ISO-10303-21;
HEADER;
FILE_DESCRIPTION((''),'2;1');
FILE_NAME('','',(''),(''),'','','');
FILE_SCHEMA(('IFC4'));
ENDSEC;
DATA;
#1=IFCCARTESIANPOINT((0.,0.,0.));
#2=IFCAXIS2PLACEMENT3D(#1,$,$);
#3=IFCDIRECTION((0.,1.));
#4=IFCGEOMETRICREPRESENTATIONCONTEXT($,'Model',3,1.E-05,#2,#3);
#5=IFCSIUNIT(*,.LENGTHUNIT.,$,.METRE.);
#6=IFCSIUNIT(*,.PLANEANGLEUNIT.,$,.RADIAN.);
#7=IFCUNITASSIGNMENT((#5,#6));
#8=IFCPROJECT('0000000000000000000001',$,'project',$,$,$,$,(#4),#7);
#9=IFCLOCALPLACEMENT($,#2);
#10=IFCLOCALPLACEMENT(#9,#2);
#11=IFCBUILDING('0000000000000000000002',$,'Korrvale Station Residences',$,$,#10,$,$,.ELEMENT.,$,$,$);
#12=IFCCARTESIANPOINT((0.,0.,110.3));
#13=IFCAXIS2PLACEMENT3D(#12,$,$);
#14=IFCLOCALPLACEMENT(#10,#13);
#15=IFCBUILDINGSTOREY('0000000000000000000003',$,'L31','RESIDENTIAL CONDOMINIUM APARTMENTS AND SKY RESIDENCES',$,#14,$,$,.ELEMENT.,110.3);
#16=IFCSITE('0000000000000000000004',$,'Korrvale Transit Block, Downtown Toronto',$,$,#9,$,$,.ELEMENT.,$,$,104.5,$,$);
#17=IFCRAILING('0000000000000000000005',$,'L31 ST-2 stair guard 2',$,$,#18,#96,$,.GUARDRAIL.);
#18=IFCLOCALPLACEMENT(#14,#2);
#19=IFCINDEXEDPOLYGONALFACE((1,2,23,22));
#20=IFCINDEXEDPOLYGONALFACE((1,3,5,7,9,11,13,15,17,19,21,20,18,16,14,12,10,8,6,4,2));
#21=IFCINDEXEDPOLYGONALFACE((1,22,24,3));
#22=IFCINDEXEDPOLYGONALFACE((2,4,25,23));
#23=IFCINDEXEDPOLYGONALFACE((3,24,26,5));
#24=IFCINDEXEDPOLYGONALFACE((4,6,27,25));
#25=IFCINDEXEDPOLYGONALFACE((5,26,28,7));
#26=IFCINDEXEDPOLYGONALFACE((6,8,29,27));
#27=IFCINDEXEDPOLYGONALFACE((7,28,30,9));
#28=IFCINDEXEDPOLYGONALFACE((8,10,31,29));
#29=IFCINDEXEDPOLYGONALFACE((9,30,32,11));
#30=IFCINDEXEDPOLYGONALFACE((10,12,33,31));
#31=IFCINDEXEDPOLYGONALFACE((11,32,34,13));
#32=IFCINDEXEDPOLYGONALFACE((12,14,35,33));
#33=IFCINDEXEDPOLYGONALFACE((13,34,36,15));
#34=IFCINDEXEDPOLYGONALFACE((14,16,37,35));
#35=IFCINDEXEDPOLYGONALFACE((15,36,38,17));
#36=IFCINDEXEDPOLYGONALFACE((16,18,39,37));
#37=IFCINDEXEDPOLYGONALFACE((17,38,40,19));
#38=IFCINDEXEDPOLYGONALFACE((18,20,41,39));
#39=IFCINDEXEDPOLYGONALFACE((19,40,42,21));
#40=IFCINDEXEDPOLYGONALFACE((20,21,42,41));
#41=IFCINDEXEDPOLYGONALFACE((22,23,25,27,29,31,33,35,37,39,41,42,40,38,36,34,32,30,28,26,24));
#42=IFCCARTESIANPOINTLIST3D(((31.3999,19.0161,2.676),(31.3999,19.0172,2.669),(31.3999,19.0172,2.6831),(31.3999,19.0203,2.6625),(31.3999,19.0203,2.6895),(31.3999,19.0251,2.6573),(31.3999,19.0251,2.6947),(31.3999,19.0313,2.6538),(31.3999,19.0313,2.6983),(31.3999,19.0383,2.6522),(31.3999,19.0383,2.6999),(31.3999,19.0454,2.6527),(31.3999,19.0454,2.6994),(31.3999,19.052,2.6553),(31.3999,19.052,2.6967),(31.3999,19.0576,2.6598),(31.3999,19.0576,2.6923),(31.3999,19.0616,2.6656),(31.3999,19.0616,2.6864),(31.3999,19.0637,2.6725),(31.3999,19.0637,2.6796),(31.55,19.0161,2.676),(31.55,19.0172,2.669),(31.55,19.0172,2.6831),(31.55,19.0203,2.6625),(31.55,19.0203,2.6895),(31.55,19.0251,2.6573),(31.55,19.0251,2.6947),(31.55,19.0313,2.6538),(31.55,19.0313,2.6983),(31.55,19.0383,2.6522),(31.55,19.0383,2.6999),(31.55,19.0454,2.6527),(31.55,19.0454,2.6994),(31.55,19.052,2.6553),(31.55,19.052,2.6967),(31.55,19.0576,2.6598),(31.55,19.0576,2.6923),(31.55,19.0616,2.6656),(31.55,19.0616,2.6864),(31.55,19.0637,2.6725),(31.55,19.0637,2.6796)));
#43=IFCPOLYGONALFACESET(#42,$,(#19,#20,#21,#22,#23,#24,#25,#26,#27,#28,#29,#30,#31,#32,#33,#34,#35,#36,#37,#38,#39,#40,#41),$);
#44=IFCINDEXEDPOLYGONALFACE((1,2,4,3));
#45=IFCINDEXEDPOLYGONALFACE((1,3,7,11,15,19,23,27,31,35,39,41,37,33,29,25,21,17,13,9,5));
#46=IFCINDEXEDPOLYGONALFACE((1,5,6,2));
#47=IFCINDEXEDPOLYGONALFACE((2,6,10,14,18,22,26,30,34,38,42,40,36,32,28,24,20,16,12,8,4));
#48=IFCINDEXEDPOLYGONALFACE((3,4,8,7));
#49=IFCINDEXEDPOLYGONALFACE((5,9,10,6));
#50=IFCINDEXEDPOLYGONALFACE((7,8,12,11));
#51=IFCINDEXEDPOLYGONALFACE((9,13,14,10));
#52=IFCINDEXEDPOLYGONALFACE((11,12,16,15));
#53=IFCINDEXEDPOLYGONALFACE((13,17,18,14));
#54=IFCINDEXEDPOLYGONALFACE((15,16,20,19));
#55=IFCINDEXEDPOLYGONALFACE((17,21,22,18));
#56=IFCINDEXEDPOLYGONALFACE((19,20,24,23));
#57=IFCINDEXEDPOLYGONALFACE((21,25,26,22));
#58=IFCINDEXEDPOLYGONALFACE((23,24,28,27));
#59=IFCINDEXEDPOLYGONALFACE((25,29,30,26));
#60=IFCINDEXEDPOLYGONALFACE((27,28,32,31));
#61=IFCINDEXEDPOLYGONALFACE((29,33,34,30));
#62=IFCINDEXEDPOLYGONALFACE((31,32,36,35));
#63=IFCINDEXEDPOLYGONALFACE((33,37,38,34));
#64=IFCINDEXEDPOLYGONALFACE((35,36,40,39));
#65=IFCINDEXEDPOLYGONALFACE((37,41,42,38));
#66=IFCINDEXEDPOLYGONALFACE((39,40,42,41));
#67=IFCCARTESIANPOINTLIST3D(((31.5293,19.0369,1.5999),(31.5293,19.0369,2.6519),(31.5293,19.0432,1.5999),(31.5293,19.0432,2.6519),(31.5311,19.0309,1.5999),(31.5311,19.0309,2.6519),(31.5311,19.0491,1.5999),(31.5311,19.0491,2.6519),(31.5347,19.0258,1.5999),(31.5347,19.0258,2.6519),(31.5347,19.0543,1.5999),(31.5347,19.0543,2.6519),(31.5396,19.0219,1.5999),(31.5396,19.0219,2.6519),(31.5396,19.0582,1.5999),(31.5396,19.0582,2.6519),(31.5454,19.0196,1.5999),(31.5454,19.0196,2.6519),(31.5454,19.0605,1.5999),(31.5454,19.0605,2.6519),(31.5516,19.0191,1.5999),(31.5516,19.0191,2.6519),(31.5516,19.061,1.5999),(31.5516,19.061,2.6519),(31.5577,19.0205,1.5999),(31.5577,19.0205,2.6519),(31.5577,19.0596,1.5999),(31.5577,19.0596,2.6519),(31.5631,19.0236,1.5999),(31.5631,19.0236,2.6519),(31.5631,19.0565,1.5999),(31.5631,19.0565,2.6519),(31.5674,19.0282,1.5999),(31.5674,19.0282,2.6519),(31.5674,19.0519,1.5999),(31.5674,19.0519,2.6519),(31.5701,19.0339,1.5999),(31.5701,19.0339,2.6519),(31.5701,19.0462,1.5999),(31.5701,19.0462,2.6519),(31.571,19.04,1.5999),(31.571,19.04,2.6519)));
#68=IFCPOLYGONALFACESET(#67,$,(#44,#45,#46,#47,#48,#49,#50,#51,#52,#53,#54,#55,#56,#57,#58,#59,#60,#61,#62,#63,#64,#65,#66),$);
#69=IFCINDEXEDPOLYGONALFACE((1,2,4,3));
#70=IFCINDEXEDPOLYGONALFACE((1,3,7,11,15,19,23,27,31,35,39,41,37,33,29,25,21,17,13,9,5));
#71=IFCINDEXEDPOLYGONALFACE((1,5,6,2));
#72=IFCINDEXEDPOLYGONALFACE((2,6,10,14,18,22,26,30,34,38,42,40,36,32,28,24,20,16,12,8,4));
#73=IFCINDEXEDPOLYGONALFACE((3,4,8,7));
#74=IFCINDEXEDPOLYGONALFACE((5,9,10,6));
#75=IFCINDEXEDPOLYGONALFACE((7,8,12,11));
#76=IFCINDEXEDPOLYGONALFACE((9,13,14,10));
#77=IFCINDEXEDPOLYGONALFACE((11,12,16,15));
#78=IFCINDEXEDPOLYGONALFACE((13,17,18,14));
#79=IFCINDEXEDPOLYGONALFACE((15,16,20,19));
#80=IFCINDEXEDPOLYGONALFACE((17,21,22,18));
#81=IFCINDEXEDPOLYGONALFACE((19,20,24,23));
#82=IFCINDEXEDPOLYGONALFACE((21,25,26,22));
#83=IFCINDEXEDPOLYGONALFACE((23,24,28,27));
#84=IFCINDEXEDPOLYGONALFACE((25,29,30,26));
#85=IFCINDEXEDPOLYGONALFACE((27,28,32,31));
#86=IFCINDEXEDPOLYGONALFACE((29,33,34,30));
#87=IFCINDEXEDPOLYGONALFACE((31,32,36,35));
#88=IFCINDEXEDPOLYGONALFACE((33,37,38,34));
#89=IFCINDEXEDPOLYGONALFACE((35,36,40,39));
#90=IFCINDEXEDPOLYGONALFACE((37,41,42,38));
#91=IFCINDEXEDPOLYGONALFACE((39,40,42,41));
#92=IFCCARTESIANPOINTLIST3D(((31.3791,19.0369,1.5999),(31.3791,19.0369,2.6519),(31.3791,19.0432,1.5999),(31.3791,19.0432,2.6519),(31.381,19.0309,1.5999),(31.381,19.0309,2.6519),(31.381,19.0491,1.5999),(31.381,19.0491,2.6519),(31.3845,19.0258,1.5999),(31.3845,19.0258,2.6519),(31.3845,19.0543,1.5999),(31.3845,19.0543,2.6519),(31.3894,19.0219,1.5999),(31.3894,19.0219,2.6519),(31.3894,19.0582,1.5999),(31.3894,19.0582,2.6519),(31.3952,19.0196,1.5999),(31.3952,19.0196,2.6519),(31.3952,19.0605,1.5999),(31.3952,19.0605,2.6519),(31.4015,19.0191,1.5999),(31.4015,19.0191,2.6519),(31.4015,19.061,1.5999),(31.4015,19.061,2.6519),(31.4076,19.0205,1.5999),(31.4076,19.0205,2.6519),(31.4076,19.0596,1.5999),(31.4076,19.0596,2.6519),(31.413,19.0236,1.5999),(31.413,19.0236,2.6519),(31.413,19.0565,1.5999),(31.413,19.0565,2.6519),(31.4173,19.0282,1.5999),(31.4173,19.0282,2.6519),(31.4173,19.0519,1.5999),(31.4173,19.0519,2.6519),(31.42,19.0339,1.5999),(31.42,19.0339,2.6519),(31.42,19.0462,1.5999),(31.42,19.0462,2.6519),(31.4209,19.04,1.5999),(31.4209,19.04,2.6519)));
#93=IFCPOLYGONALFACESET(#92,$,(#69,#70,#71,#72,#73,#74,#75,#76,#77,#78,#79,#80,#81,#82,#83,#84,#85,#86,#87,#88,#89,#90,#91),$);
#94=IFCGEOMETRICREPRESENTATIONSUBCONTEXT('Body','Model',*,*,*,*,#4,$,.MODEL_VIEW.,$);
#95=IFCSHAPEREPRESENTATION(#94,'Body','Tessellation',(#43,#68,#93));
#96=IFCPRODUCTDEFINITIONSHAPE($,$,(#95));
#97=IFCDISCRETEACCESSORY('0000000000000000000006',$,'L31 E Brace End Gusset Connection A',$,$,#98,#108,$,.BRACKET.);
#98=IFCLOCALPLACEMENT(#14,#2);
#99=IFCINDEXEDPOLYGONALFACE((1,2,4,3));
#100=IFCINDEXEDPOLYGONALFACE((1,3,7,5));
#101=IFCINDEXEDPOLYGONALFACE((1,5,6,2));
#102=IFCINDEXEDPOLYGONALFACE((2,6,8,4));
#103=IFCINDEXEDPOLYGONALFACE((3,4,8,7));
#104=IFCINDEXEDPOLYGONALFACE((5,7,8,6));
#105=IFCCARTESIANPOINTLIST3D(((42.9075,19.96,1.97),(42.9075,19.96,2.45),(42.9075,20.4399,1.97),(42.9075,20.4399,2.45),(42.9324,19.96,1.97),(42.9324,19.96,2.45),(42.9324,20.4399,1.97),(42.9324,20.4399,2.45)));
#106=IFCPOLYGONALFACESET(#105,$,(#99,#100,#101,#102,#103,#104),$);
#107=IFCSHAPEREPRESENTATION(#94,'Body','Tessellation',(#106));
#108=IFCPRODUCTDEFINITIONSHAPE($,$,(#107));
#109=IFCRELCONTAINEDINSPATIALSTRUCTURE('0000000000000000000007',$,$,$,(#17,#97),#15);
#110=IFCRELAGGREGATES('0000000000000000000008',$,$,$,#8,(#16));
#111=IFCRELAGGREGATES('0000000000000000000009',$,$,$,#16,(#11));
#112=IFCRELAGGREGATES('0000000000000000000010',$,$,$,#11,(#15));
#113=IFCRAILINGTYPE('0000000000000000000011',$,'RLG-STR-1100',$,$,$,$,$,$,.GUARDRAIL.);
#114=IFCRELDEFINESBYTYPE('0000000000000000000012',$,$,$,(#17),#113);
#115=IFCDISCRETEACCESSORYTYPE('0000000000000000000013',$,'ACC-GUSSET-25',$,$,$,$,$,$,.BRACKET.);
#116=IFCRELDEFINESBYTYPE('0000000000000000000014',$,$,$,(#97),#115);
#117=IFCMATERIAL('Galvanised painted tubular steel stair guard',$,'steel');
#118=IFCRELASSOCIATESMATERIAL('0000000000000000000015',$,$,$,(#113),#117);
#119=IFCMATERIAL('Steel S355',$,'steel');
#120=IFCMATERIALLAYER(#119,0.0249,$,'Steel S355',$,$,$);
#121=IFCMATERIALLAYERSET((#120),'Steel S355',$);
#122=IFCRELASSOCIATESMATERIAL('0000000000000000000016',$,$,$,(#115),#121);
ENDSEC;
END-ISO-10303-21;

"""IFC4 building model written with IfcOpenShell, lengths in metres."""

from ifc_helpers import new_model, si_unit, direction, frame, origin, origin_2d, place, context, subcontext, project, spatial, rectangle, circle, extrude, material, layer, layer_set, type_object, element, save


model = new_model("IFC4")

# Units and contexts
model_context = context("Model", 3, precision=1e-05, world=origin(), true_north=direction((0.0, 1.0)))
body_context = subcontext(model_context, "Body", "Model", "MODEL_VIEW")
ifc_project = project(units=[si_unit("LENGTHUNIT", "METRE"), si_unit("PLANEANGLEUNIT", "RADIAN")], contexts=[model_context])

# Site, building, storey
site_placement = place(None, origin())
site = spatial("IfcSite", under=ifc_project, at=site_placement, Name="Korrvale Transit Block, Downtown Toronto", CompositionType="ELEMENT", RefElevation=104.5)
building_placement = place(site_placement, origin())
building = spatial("IfcBuilding", under=site, at=building_placement, Name="Korrvale Station Residences", CompositionType="ELEMENT")
storey_placement = place(building_placement, frame((0.0, 0.0, 110.3)))
storey = spatial("IfcBuildingStorey", under=building, at=storey_placement, Name="L31", Description="RESIDENTIAL CONDOMINIUM APARTMENTS AND SKY RESIDENCES", CompositionType="ELEMENT", Elevation=110.3)

# Shared definitions
ifc_material_1 = material(Name="Steel S355", Category="steel")

# Railing
ifc_material_2 = material(Name="Galvanised painted tubular steel stair guard", Category="steel")
railing_type_1 = type_object("IfcRailingType", Name="RLG-STR-1100", PredefinedType="GUARDRAIL", material=ifc_material_2)
railing_1_placement = place(storey_placement, frame((31.55, 19.04, 1.5999)))
element("IfcRailing", 1, at=railing_1_placement, inside=storey, type_object=railing_type_1, Name="L31 ST-2 stair guard 2", PredefinedType="GUARDRAIL", context=body_context, shape_type="SweptSolid", body=[
    extrude(circle(Radius=0.0239, at=origin_2d()), frame((0.0, 0.0, 1.0762), z_axis=(-1.0, 0.0, 0.0), x_axis=(0.0, -1.0, 0.0)), (0.0, 0.0, 1.0), 0.1501),
    extrude(circle(Radius=0.021, at=origin_2d()), origin(), (0.0, 0.0, 1.0), 1.052),
    extrude(circle(Radius=0.021, at=origin_2d()), frame((-0.1501, 0.0, 0.0)), (0.0, 0.0, 1.0), 1.052),
])

# Discrete accessory
ifc_layer_1 = layer(ifc_material_1, 0.0249, Name="Steel S355")
ifc_layer_set_1 = layer_set([ifc_layer_1], Name="Steel S355")
discrete_accessory_type = type_object("IfcDiscreteAccessoryType", Name="ACC-GUSSET-25", PredefinedType="BRACKET", material=ifc_layer_set_1)
discrete_accessory_placement = place(storey_placement, frame((42.9199, 20.2, 1.97), z_axis=(0.0, 0.0, 1.0), x_axis=(0.0, 1.0, 0.0)))
element("IfcDiscreteAccessory", 2, at=discrete_accessory_placement, inside=storey, type_object=discrete_accessory_type, Name="L31 E Brace End Gusset Connection A", PredefinedType="BRACKET", context=body_context, shape_type="SweptSolid", body=[
    extrude(rectangle(XDim=0.48, YDim=0.0249, at=origin_2d()), origin(), (0.0, 0.0, 1.0), 0.48),
])

save(model, "model.ifc")
